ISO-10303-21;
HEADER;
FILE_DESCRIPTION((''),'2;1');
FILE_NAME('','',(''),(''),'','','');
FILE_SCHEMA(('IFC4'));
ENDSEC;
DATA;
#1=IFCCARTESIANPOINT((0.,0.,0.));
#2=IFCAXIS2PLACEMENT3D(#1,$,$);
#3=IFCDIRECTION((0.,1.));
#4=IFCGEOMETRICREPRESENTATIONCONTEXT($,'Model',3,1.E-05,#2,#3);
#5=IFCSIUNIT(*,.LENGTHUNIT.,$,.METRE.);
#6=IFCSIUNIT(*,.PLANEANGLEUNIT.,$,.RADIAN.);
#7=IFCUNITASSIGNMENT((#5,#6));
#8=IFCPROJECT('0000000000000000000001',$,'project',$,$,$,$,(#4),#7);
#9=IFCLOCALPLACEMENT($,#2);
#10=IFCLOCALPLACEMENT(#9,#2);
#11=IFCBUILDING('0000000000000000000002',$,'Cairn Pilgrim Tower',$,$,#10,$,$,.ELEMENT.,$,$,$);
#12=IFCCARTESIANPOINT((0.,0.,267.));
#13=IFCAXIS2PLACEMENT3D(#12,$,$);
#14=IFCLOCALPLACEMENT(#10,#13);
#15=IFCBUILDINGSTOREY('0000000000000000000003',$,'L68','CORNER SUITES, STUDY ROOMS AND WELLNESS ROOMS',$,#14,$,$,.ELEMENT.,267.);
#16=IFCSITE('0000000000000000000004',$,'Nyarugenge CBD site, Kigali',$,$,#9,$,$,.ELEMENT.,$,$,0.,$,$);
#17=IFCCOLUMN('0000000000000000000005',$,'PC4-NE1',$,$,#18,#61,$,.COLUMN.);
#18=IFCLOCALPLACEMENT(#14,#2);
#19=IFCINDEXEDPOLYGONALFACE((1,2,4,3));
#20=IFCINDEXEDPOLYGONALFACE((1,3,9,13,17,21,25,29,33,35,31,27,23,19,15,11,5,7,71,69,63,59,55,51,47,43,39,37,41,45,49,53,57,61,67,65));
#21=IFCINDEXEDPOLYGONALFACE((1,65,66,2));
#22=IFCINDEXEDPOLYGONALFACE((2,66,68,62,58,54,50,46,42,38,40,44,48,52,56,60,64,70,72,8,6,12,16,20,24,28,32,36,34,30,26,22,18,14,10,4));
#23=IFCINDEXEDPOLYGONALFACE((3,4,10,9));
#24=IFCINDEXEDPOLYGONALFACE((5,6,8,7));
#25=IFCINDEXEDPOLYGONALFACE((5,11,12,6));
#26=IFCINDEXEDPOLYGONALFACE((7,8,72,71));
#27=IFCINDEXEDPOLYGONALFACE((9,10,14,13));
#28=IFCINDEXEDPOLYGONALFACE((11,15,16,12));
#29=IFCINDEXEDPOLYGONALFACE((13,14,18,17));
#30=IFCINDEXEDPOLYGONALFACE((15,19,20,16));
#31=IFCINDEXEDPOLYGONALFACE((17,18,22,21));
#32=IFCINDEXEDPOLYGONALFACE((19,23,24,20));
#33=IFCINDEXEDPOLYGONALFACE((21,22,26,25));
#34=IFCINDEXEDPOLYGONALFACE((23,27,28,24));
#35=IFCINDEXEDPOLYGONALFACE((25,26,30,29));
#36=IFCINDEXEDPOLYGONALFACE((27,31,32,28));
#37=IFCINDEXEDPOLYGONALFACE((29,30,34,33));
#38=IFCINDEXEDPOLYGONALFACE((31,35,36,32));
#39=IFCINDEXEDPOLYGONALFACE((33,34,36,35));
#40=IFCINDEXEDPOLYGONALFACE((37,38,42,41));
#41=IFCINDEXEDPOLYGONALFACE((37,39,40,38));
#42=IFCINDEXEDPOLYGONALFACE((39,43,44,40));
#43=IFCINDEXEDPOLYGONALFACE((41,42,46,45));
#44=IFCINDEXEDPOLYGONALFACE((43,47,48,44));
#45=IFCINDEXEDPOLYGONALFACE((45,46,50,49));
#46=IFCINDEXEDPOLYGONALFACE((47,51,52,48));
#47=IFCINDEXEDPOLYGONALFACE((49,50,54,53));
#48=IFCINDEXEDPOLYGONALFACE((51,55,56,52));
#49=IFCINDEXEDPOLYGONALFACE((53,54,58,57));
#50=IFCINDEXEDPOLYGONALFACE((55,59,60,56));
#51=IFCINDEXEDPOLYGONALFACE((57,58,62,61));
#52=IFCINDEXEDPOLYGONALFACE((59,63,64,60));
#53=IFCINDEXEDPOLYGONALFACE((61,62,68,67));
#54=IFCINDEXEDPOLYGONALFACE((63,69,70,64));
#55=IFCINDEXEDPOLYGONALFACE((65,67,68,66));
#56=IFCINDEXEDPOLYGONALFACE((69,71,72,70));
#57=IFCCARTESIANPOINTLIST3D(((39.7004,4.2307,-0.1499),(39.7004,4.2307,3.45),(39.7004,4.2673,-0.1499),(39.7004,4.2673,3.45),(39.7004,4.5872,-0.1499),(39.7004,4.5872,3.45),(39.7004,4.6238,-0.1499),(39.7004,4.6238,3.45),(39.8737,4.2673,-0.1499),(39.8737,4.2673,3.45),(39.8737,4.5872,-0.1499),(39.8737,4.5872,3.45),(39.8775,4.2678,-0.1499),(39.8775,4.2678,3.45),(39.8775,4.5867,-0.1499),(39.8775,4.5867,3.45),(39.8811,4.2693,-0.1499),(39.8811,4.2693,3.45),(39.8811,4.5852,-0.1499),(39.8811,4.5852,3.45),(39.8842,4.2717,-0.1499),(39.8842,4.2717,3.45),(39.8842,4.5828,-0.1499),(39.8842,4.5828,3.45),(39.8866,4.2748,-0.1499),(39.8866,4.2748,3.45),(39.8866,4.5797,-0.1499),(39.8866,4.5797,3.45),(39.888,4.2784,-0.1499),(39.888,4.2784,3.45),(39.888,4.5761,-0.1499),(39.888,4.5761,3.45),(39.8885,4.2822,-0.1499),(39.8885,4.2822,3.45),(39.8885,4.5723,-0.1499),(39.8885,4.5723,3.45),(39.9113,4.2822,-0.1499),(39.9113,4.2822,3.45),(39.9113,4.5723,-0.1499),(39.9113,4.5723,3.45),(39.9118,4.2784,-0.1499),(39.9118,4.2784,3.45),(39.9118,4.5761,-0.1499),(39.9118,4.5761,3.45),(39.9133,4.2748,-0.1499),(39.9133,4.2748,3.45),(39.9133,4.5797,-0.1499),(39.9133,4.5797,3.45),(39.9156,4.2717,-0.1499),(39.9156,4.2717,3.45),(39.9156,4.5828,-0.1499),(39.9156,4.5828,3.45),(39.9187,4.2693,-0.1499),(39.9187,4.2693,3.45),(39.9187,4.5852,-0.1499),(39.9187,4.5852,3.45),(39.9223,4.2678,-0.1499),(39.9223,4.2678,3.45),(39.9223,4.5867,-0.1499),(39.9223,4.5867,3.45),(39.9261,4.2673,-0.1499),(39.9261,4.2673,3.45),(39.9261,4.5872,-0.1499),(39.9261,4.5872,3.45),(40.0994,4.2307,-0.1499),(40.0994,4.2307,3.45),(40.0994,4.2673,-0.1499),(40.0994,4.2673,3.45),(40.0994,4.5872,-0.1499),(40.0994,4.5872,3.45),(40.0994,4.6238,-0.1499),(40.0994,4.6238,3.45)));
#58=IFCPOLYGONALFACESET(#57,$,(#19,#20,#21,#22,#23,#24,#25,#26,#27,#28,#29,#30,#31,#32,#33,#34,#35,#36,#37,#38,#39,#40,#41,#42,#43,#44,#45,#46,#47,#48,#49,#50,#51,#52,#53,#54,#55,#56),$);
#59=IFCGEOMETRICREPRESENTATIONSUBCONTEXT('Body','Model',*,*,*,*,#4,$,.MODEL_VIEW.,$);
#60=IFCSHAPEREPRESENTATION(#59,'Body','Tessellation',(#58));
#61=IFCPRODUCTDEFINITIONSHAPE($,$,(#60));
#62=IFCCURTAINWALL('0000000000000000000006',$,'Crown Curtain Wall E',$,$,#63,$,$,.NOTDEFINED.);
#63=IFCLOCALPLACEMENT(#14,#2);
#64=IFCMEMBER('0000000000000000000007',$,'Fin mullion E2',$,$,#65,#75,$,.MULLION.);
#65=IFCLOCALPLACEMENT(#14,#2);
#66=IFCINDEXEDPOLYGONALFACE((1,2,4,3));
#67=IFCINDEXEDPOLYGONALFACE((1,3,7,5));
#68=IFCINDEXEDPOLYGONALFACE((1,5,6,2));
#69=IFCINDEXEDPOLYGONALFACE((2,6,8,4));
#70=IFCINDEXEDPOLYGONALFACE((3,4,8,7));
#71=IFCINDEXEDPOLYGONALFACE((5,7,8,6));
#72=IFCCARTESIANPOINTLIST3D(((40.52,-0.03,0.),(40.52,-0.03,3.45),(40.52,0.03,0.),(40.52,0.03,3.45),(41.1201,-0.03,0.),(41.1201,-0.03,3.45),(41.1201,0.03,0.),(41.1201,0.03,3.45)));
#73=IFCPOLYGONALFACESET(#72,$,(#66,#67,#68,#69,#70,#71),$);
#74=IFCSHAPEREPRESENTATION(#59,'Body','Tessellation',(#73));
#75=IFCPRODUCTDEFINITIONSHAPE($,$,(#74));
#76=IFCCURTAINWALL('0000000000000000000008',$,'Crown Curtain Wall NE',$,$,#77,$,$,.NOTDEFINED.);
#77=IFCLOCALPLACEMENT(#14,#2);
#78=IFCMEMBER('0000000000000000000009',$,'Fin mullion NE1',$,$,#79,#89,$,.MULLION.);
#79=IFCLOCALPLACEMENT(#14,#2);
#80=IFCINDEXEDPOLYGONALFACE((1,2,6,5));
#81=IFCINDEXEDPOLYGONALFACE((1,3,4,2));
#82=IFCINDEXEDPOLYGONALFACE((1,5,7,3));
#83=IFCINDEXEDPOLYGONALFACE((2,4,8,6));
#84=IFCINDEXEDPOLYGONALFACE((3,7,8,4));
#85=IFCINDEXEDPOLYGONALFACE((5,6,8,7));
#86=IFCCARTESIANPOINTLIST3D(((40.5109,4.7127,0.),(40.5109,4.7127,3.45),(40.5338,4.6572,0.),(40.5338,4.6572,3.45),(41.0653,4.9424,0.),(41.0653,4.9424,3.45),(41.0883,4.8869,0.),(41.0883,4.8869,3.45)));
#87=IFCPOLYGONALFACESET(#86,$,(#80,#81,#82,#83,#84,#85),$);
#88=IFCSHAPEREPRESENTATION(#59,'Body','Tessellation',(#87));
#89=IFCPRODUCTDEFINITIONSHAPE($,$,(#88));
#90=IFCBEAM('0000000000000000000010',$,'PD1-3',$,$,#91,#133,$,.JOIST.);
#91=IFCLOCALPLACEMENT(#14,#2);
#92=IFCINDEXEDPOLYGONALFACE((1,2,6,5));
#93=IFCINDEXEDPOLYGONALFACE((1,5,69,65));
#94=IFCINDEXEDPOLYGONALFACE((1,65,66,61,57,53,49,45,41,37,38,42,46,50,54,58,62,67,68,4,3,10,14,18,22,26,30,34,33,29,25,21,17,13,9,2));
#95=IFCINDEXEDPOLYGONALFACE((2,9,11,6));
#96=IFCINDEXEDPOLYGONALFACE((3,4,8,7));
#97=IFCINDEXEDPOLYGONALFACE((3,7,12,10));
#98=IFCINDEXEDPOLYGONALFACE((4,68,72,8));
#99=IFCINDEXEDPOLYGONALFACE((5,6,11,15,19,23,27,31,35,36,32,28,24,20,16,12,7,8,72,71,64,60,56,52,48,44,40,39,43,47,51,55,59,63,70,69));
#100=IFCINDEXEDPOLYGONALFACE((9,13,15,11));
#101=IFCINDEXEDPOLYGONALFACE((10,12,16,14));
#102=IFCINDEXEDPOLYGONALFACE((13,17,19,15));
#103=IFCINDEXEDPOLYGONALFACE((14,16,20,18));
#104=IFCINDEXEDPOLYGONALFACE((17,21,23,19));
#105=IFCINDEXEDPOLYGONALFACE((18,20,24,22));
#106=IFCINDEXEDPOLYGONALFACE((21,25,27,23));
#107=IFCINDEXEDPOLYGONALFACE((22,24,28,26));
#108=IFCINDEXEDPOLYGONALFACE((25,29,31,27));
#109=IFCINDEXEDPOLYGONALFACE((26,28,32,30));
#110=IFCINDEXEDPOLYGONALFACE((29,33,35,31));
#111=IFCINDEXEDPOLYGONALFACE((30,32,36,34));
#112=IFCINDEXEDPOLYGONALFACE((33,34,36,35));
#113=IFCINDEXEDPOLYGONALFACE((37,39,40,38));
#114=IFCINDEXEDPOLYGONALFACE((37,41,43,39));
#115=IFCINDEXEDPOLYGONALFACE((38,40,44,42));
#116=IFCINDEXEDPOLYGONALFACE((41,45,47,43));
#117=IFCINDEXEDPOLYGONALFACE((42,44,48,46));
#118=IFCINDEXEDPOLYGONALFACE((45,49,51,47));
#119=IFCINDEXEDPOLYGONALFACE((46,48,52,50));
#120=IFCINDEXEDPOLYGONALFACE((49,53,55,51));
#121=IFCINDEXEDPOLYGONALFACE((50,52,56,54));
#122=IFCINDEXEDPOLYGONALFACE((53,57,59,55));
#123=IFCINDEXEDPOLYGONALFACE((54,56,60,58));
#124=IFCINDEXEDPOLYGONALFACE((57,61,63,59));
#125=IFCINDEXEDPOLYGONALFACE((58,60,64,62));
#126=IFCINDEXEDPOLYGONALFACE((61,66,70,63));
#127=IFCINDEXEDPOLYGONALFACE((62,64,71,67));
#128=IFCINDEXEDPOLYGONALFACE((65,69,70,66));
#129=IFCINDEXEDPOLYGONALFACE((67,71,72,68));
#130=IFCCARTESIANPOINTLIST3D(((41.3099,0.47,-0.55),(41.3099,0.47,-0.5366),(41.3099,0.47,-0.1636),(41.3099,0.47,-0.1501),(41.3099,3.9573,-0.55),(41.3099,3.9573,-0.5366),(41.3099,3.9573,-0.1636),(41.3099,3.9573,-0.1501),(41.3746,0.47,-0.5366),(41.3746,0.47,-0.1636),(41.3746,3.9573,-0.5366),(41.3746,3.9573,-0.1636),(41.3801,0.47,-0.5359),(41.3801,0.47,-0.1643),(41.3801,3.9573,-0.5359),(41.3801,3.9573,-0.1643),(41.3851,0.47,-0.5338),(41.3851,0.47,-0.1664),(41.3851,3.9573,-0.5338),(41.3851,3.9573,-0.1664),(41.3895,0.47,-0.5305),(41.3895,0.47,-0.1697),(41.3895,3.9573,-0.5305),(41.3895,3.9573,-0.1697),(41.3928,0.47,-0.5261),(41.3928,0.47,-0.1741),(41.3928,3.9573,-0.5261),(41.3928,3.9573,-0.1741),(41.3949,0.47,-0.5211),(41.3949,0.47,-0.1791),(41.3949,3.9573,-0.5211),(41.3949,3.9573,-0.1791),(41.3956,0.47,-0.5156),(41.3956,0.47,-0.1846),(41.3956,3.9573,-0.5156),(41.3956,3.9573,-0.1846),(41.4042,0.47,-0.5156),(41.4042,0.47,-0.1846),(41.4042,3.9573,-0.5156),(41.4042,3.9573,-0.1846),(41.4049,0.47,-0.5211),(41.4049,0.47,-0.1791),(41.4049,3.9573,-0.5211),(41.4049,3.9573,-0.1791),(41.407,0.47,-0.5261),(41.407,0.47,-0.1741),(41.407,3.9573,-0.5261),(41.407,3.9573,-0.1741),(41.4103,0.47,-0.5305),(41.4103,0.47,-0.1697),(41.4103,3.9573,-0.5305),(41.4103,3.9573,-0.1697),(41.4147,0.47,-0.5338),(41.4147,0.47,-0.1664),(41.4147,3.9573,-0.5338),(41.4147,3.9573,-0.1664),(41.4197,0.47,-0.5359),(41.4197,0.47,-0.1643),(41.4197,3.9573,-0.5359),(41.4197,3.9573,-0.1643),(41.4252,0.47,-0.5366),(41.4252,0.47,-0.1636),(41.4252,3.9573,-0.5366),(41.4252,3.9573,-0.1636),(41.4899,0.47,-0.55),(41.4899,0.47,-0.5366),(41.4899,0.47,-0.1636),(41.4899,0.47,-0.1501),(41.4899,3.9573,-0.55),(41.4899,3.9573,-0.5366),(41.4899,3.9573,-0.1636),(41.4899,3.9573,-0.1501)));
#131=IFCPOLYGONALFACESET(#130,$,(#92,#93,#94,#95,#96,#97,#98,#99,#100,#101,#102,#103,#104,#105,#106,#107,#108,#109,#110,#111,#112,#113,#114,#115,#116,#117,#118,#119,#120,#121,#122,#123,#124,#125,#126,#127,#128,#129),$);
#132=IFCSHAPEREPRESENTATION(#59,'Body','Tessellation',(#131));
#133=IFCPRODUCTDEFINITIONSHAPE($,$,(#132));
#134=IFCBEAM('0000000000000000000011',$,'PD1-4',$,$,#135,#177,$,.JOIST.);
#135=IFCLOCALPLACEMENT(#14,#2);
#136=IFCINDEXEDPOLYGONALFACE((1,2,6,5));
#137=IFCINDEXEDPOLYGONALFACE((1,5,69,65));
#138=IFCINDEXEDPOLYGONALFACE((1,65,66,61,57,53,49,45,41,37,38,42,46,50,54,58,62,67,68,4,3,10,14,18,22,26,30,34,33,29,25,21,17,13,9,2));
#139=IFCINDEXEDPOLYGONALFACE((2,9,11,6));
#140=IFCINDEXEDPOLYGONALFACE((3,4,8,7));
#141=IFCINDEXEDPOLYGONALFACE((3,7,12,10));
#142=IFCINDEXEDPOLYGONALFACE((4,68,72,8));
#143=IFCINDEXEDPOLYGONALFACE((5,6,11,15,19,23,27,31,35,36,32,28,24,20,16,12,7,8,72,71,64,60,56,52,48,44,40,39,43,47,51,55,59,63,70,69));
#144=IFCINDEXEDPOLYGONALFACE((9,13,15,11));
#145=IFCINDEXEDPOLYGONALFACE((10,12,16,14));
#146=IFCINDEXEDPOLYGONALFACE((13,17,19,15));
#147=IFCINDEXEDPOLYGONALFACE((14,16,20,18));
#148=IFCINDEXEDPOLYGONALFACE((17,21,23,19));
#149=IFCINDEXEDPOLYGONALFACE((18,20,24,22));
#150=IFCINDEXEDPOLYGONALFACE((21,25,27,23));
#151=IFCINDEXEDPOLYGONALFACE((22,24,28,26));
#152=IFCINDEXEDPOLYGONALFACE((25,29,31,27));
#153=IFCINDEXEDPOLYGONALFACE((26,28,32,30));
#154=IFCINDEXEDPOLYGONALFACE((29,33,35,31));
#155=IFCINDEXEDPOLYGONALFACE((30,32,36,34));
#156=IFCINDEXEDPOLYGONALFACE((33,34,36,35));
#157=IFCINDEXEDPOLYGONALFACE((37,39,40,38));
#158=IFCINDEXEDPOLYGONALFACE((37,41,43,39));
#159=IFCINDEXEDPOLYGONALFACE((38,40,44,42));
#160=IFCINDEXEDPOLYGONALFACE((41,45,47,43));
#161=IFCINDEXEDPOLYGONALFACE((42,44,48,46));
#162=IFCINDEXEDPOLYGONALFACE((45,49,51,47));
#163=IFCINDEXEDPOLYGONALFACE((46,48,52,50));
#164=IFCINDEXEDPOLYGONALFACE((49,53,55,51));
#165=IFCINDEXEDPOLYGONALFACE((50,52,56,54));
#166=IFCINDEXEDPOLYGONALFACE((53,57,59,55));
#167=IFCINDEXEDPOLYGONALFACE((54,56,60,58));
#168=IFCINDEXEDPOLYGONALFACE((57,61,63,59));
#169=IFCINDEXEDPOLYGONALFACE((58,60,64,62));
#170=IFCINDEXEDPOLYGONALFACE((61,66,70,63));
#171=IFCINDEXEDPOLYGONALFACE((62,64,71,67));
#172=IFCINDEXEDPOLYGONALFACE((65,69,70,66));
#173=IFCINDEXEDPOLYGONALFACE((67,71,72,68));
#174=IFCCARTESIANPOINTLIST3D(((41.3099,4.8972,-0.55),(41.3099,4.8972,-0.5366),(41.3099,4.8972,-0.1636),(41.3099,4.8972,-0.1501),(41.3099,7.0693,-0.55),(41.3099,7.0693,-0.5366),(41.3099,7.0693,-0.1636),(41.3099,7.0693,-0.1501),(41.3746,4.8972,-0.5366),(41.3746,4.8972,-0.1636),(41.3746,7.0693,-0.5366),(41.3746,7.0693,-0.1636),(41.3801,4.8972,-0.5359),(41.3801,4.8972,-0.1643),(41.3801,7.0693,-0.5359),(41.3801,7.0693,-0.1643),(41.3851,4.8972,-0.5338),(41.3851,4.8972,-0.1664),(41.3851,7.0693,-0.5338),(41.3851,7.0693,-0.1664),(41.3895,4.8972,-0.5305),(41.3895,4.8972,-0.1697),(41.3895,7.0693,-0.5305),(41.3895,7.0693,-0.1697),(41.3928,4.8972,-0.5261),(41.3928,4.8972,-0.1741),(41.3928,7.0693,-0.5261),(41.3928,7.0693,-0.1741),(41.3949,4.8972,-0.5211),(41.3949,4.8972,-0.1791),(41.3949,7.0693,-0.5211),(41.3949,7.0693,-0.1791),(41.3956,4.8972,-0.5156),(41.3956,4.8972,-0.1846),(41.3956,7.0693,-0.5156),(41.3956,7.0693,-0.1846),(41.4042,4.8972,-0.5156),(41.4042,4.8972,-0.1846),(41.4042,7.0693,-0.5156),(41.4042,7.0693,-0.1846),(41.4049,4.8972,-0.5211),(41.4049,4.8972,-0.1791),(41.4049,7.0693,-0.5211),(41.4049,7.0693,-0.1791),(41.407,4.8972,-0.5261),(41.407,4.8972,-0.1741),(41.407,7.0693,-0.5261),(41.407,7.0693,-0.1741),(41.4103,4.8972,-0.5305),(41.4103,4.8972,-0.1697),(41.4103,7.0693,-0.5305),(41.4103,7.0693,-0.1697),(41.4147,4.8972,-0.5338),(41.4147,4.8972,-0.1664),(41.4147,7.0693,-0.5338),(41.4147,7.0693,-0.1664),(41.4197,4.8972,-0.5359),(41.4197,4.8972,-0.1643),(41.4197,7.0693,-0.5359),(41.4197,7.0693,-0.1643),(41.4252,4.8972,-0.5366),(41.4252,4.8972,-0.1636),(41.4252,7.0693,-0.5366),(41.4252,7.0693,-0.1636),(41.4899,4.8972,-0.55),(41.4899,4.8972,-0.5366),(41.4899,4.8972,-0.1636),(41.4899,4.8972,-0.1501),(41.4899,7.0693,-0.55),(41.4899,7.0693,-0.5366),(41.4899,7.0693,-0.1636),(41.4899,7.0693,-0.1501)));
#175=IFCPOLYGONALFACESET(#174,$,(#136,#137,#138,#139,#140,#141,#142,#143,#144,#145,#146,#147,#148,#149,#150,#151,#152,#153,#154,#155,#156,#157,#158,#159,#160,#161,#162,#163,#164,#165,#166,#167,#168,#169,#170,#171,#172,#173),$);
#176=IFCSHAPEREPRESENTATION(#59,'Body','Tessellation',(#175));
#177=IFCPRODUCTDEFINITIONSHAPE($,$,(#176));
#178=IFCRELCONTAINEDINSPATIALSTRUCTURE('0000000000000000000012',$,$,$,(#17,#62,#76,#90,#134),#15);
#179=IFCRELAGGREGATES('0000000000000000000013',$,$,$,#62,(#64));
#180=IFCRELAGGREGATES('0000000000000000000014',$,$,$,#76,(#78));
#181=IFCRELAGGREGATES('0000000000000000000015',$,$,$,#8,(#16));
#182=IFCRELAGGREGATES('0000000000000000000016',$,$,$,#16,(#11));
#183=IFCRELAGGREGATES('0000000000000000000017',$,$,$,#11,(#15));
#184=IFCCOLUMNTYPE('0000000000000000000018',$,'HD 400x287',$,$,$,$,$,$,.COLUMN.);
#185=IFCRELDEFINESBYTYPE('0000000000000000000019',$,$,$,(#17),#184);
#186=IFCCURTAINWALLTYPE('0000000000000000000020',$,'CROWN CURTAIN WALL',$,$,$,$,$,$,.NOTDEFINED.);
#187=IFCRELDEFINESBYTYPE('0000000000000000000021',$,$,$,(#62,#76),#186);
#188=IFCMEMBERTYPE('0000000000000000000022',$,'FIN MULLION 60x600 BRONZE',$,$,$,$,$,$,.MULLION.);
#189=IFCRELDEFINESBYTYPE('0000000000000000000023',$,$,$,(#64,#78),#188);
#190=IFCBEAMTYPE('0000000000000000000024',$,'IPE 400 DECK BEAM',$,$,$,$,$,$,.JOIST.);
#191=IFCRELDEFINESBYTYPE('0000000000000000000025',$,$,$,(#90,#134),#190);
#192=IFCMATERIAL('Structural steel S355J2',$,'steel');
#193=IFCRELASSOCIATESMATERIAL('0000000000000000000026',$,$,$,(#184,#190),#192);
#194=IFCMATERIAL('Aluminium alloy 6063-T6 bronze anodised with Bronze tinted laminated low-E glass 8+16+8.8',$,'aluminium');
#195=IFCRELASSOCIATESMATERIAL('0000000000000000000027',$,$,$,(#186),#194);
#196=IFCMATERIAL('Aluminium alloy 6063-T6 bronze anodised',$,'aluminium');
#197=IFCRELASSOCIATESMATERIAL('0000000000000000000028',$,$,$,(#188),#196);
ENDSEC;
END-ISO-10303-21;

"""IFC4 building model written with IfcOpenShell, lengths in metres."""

from ifc_helpers import new_model, si_unit, direction, frame, origin, origin_2d, place, context, subcontext, project, spatial, rectangle, i_section, extrude, material, material_profile, profile_set, type_object, element, aggregate, save


model = new_model("IFC4")

# Units and contexts
model_context = context("Model", 3, precision=1e-05, world=origin(), true_north=direction((0.0, 1.0)))
body_context = subcontext(model_context, "Body", "Model", "MODEL_VIEW")
ifc_project = project(units=[si_unit("LENGTHUNIT", "METRE"), si_unit("PLANEANGLEUNIT", "RADIAN")], contexts=[model_context])

# Site, building, storey
site_placement = place(None, origin())
site = spatial("IfcSite", under=ifc_project, at=site_placement, Name="Nyarugenge CBD site, Kigali", CompositionType="ELEMENT", RefElevation=0.0)
building_placement = place(site_placement, origin())
building = spatial("IfcBuilding", under=site, at=building_placement, Name="Cairn Pilgrim Tower", CompositionType="ELEMENT")
storey_placement = place(building_placement, frame((0.0, 0.0, 267.0)))
storey = spatial("IfcBuildingStorey", under=building, at=storey_placement, Name="L68", Description="CORNER SUITES, STUDY ROOMS AND WELLNESS ROOMS", CompositionType="ELEMENT", Elevation=267.0)

# Column
ifc_material_1 = material(Name="Structural steel S355J2", Category="steel")
ifc_material_profile_1 = material_profile(ifc_material_1, i_section(OverallWidth=0.3989, OverallDepth=0.3931, WebThickness=0.0227, FlangeThickness=0.0366, FilletRadius=0.0149, at=origin_2d()), Name="HD 400x287")
ifc_profile_set_1 = profile_set([ifc_material_profile_1], Name="Structural steel S355J2")
column_type = type_object("IfcColumnType", Name="HD 400x287", PredefinedType="COLUMN", material=ifc_profile_set_1)
column_placement = place(storey_placement, frame((39.8999, 4.4272, -0.1499), z_axis=(0.0, 0.0, 1.0), x_axis=(1.0, 0.0, 0.0)))
element("IfcColumn", 1, at=column_placement, inside=storey, type_object=column_type, Name="PC4-NE1", PredefinedType="COLUMN", context=body_context, shape_type="SweptSolid", body=[
    extrude(i_section(OverallWidth=0.3989, OverallDepth=0.3931, WebThickness=0.0227, FlangeThickness=0.0366, FilletRadius=0.0149, at=origin_2d()), origin(), (0.0, 0.0, 1.0), 3.5999),
])

# Curtain walls, members
ifc_material_2 = material(Name="Aluminium alloy 6063-T6 bronze anodised with Bronze tinted laminated low-E glass 8+16+8.8", Category="aluminium")
curtain_wall_type = type_object("IfcCurtainWallType", Name="CROWN CURTAIN WALL", PredefinedType="NOTDEFINED", material=ifc_material_2)
curtain_wall_1_placement = place(storey_placement, origin())
curtain_wall_1 = element("IfcCurtainWall", 2, at=curtain_wall_1_placement, inside=storey, type_object=curtain_wall_type, Name="Crown Curtain Wall E", PredefinedType="NOTDEFINED")
ifc_material_3 = material(Name="Aluminium alloy 6063-T6 bronze anodised", Category="aluminium")
ifc_material_profile_2 = material_profile(ifc_material_3, rectangle(XDim=0.6001, YDim=0.0601, at=origin_2d()), Name="FIN MULLION 60x600 BRONZE")
ifc_profile_set_2 = profile_set([ifc_material_profile_2], Name="Aluminium alloy 6063-T6 bronze anodised")
member_type = type_object("IfcMemberType", Name="FIN MULLION 60x600 BRONZE", PredefinedType="MULLION", material=ifc_profile_set_2)
member_1_placement = place(storey_placement, frame((40.8201, 0.0, 0.0), z_axis=(0.0, 0.0, 1.0), x_axis=(1.0, 0.0, 0.0)))
member_1 = element("IfcMember", 3, at=member_1_placement, type_object=member_type, Name="Fin mullion E2", PredefinedType="MULLION", context=body_context, shape_type="SweptSolid", body=[
    extrude(rectangle(XDim=0.6001, YDim=0.0601, at=origin_2d()), origin(), (0.0, 0.0, 1.0), 3.45),
])
aggregate(curtain_wall_1, [member_1])
curtain_wall_2_placement = place(storey_placement, origin())
curtain_wall_2 = element("IfcCurtainWall", 4, at=curtain_wall_2_placement, inside=storey, type_object=curtain_wall_type, Name="Crown Curtain Wall NE", PredefinedType="NOTDEFINED")
member_2_placement = place(storey_placement, frame((40.7996, 4.7998, 0.0), z_axis=(0.0, 0.0, 1.0), x_axis=(0.92388, 0.382683, 0.0)))
member_2 = element("IfcMember", 5, at=member_2_placement, type_object=member_type, Name="Fin mullion NE1", PredefinedType="MULLION", context=body_context, shape_type="SweptSolid", body=[
    extrude(rectangle(XDim=0.6001, YDim=0.0601, at=origin_2d()), origin(), (0.0, 0.0, 1.0), 3.45),
])
aggregate(curtain_wall_2, [member_2])

# Beams
ifc_material_profile_3 = material_profile(ifc_material_1, i_section(OverallWidth=0.1799, OverallDepth=0.3999, WebThickness=0.0085, FlangeThickness=0.0134, FilletRadius=0.021, at=origin_2d()), Name="IPE 400")
ifc_profile_set_3 = profile_set([ifc_material_profile_3], Name="Structural steel S355J2")
beam_type = type_object("IfcBeamType", Name="IPE 400 DECK BEAM", PredefinedType="JOIST", material=ifc_profile_set_3)
beam_1_placement = place(storey_placement, frame((41.3999, 0.47, -0.3501), z_axis=(0.0, 1.0, 0.0), x_axis=(-1.0, 0.0, 0.0)))
element("IfcBeam", 6, at=beam_1_placement, inside=storey, type_object=beam_type, Name="PD1-3", PredefinedType="JOIST", context=body_context, shape_type="SweptSolid", body=[
    extrude(i_section(OverallWidth=0.1799, OverallDepth=0.3999, WebThickness=0.0085, FlangeThickness=0.0134, FilletRadius=0.021, at=origin_2d()), origin(), (0.0, 0.0, 1.0), 3.4873),
])
beam_2_placement = place(storey_placement, frame((41.3999, 4.8972, -0.3501), z_axis=(0.0, 1.0, 0.0), x_axis=(-1.0, 0.0, 0.0)))
element("IfcBeam", 7, at=beam_2_placement, inside=storey, type_object=beam_type, Name="PD1-4", PredefinedType="JOIST", context=body_context, shape_type="SweptSolid", body=[
    extrude(i_section(OverallWidth=0.1799, OverallDepth=0.3999, WebThickness=0.0085, FlangeThickness=0.0134, FilletRadius=0.021, at=origin_2d()), origin(), (0.0, 0.0, 1.0), 2.1721),
])

save(model, "model.ifc")
